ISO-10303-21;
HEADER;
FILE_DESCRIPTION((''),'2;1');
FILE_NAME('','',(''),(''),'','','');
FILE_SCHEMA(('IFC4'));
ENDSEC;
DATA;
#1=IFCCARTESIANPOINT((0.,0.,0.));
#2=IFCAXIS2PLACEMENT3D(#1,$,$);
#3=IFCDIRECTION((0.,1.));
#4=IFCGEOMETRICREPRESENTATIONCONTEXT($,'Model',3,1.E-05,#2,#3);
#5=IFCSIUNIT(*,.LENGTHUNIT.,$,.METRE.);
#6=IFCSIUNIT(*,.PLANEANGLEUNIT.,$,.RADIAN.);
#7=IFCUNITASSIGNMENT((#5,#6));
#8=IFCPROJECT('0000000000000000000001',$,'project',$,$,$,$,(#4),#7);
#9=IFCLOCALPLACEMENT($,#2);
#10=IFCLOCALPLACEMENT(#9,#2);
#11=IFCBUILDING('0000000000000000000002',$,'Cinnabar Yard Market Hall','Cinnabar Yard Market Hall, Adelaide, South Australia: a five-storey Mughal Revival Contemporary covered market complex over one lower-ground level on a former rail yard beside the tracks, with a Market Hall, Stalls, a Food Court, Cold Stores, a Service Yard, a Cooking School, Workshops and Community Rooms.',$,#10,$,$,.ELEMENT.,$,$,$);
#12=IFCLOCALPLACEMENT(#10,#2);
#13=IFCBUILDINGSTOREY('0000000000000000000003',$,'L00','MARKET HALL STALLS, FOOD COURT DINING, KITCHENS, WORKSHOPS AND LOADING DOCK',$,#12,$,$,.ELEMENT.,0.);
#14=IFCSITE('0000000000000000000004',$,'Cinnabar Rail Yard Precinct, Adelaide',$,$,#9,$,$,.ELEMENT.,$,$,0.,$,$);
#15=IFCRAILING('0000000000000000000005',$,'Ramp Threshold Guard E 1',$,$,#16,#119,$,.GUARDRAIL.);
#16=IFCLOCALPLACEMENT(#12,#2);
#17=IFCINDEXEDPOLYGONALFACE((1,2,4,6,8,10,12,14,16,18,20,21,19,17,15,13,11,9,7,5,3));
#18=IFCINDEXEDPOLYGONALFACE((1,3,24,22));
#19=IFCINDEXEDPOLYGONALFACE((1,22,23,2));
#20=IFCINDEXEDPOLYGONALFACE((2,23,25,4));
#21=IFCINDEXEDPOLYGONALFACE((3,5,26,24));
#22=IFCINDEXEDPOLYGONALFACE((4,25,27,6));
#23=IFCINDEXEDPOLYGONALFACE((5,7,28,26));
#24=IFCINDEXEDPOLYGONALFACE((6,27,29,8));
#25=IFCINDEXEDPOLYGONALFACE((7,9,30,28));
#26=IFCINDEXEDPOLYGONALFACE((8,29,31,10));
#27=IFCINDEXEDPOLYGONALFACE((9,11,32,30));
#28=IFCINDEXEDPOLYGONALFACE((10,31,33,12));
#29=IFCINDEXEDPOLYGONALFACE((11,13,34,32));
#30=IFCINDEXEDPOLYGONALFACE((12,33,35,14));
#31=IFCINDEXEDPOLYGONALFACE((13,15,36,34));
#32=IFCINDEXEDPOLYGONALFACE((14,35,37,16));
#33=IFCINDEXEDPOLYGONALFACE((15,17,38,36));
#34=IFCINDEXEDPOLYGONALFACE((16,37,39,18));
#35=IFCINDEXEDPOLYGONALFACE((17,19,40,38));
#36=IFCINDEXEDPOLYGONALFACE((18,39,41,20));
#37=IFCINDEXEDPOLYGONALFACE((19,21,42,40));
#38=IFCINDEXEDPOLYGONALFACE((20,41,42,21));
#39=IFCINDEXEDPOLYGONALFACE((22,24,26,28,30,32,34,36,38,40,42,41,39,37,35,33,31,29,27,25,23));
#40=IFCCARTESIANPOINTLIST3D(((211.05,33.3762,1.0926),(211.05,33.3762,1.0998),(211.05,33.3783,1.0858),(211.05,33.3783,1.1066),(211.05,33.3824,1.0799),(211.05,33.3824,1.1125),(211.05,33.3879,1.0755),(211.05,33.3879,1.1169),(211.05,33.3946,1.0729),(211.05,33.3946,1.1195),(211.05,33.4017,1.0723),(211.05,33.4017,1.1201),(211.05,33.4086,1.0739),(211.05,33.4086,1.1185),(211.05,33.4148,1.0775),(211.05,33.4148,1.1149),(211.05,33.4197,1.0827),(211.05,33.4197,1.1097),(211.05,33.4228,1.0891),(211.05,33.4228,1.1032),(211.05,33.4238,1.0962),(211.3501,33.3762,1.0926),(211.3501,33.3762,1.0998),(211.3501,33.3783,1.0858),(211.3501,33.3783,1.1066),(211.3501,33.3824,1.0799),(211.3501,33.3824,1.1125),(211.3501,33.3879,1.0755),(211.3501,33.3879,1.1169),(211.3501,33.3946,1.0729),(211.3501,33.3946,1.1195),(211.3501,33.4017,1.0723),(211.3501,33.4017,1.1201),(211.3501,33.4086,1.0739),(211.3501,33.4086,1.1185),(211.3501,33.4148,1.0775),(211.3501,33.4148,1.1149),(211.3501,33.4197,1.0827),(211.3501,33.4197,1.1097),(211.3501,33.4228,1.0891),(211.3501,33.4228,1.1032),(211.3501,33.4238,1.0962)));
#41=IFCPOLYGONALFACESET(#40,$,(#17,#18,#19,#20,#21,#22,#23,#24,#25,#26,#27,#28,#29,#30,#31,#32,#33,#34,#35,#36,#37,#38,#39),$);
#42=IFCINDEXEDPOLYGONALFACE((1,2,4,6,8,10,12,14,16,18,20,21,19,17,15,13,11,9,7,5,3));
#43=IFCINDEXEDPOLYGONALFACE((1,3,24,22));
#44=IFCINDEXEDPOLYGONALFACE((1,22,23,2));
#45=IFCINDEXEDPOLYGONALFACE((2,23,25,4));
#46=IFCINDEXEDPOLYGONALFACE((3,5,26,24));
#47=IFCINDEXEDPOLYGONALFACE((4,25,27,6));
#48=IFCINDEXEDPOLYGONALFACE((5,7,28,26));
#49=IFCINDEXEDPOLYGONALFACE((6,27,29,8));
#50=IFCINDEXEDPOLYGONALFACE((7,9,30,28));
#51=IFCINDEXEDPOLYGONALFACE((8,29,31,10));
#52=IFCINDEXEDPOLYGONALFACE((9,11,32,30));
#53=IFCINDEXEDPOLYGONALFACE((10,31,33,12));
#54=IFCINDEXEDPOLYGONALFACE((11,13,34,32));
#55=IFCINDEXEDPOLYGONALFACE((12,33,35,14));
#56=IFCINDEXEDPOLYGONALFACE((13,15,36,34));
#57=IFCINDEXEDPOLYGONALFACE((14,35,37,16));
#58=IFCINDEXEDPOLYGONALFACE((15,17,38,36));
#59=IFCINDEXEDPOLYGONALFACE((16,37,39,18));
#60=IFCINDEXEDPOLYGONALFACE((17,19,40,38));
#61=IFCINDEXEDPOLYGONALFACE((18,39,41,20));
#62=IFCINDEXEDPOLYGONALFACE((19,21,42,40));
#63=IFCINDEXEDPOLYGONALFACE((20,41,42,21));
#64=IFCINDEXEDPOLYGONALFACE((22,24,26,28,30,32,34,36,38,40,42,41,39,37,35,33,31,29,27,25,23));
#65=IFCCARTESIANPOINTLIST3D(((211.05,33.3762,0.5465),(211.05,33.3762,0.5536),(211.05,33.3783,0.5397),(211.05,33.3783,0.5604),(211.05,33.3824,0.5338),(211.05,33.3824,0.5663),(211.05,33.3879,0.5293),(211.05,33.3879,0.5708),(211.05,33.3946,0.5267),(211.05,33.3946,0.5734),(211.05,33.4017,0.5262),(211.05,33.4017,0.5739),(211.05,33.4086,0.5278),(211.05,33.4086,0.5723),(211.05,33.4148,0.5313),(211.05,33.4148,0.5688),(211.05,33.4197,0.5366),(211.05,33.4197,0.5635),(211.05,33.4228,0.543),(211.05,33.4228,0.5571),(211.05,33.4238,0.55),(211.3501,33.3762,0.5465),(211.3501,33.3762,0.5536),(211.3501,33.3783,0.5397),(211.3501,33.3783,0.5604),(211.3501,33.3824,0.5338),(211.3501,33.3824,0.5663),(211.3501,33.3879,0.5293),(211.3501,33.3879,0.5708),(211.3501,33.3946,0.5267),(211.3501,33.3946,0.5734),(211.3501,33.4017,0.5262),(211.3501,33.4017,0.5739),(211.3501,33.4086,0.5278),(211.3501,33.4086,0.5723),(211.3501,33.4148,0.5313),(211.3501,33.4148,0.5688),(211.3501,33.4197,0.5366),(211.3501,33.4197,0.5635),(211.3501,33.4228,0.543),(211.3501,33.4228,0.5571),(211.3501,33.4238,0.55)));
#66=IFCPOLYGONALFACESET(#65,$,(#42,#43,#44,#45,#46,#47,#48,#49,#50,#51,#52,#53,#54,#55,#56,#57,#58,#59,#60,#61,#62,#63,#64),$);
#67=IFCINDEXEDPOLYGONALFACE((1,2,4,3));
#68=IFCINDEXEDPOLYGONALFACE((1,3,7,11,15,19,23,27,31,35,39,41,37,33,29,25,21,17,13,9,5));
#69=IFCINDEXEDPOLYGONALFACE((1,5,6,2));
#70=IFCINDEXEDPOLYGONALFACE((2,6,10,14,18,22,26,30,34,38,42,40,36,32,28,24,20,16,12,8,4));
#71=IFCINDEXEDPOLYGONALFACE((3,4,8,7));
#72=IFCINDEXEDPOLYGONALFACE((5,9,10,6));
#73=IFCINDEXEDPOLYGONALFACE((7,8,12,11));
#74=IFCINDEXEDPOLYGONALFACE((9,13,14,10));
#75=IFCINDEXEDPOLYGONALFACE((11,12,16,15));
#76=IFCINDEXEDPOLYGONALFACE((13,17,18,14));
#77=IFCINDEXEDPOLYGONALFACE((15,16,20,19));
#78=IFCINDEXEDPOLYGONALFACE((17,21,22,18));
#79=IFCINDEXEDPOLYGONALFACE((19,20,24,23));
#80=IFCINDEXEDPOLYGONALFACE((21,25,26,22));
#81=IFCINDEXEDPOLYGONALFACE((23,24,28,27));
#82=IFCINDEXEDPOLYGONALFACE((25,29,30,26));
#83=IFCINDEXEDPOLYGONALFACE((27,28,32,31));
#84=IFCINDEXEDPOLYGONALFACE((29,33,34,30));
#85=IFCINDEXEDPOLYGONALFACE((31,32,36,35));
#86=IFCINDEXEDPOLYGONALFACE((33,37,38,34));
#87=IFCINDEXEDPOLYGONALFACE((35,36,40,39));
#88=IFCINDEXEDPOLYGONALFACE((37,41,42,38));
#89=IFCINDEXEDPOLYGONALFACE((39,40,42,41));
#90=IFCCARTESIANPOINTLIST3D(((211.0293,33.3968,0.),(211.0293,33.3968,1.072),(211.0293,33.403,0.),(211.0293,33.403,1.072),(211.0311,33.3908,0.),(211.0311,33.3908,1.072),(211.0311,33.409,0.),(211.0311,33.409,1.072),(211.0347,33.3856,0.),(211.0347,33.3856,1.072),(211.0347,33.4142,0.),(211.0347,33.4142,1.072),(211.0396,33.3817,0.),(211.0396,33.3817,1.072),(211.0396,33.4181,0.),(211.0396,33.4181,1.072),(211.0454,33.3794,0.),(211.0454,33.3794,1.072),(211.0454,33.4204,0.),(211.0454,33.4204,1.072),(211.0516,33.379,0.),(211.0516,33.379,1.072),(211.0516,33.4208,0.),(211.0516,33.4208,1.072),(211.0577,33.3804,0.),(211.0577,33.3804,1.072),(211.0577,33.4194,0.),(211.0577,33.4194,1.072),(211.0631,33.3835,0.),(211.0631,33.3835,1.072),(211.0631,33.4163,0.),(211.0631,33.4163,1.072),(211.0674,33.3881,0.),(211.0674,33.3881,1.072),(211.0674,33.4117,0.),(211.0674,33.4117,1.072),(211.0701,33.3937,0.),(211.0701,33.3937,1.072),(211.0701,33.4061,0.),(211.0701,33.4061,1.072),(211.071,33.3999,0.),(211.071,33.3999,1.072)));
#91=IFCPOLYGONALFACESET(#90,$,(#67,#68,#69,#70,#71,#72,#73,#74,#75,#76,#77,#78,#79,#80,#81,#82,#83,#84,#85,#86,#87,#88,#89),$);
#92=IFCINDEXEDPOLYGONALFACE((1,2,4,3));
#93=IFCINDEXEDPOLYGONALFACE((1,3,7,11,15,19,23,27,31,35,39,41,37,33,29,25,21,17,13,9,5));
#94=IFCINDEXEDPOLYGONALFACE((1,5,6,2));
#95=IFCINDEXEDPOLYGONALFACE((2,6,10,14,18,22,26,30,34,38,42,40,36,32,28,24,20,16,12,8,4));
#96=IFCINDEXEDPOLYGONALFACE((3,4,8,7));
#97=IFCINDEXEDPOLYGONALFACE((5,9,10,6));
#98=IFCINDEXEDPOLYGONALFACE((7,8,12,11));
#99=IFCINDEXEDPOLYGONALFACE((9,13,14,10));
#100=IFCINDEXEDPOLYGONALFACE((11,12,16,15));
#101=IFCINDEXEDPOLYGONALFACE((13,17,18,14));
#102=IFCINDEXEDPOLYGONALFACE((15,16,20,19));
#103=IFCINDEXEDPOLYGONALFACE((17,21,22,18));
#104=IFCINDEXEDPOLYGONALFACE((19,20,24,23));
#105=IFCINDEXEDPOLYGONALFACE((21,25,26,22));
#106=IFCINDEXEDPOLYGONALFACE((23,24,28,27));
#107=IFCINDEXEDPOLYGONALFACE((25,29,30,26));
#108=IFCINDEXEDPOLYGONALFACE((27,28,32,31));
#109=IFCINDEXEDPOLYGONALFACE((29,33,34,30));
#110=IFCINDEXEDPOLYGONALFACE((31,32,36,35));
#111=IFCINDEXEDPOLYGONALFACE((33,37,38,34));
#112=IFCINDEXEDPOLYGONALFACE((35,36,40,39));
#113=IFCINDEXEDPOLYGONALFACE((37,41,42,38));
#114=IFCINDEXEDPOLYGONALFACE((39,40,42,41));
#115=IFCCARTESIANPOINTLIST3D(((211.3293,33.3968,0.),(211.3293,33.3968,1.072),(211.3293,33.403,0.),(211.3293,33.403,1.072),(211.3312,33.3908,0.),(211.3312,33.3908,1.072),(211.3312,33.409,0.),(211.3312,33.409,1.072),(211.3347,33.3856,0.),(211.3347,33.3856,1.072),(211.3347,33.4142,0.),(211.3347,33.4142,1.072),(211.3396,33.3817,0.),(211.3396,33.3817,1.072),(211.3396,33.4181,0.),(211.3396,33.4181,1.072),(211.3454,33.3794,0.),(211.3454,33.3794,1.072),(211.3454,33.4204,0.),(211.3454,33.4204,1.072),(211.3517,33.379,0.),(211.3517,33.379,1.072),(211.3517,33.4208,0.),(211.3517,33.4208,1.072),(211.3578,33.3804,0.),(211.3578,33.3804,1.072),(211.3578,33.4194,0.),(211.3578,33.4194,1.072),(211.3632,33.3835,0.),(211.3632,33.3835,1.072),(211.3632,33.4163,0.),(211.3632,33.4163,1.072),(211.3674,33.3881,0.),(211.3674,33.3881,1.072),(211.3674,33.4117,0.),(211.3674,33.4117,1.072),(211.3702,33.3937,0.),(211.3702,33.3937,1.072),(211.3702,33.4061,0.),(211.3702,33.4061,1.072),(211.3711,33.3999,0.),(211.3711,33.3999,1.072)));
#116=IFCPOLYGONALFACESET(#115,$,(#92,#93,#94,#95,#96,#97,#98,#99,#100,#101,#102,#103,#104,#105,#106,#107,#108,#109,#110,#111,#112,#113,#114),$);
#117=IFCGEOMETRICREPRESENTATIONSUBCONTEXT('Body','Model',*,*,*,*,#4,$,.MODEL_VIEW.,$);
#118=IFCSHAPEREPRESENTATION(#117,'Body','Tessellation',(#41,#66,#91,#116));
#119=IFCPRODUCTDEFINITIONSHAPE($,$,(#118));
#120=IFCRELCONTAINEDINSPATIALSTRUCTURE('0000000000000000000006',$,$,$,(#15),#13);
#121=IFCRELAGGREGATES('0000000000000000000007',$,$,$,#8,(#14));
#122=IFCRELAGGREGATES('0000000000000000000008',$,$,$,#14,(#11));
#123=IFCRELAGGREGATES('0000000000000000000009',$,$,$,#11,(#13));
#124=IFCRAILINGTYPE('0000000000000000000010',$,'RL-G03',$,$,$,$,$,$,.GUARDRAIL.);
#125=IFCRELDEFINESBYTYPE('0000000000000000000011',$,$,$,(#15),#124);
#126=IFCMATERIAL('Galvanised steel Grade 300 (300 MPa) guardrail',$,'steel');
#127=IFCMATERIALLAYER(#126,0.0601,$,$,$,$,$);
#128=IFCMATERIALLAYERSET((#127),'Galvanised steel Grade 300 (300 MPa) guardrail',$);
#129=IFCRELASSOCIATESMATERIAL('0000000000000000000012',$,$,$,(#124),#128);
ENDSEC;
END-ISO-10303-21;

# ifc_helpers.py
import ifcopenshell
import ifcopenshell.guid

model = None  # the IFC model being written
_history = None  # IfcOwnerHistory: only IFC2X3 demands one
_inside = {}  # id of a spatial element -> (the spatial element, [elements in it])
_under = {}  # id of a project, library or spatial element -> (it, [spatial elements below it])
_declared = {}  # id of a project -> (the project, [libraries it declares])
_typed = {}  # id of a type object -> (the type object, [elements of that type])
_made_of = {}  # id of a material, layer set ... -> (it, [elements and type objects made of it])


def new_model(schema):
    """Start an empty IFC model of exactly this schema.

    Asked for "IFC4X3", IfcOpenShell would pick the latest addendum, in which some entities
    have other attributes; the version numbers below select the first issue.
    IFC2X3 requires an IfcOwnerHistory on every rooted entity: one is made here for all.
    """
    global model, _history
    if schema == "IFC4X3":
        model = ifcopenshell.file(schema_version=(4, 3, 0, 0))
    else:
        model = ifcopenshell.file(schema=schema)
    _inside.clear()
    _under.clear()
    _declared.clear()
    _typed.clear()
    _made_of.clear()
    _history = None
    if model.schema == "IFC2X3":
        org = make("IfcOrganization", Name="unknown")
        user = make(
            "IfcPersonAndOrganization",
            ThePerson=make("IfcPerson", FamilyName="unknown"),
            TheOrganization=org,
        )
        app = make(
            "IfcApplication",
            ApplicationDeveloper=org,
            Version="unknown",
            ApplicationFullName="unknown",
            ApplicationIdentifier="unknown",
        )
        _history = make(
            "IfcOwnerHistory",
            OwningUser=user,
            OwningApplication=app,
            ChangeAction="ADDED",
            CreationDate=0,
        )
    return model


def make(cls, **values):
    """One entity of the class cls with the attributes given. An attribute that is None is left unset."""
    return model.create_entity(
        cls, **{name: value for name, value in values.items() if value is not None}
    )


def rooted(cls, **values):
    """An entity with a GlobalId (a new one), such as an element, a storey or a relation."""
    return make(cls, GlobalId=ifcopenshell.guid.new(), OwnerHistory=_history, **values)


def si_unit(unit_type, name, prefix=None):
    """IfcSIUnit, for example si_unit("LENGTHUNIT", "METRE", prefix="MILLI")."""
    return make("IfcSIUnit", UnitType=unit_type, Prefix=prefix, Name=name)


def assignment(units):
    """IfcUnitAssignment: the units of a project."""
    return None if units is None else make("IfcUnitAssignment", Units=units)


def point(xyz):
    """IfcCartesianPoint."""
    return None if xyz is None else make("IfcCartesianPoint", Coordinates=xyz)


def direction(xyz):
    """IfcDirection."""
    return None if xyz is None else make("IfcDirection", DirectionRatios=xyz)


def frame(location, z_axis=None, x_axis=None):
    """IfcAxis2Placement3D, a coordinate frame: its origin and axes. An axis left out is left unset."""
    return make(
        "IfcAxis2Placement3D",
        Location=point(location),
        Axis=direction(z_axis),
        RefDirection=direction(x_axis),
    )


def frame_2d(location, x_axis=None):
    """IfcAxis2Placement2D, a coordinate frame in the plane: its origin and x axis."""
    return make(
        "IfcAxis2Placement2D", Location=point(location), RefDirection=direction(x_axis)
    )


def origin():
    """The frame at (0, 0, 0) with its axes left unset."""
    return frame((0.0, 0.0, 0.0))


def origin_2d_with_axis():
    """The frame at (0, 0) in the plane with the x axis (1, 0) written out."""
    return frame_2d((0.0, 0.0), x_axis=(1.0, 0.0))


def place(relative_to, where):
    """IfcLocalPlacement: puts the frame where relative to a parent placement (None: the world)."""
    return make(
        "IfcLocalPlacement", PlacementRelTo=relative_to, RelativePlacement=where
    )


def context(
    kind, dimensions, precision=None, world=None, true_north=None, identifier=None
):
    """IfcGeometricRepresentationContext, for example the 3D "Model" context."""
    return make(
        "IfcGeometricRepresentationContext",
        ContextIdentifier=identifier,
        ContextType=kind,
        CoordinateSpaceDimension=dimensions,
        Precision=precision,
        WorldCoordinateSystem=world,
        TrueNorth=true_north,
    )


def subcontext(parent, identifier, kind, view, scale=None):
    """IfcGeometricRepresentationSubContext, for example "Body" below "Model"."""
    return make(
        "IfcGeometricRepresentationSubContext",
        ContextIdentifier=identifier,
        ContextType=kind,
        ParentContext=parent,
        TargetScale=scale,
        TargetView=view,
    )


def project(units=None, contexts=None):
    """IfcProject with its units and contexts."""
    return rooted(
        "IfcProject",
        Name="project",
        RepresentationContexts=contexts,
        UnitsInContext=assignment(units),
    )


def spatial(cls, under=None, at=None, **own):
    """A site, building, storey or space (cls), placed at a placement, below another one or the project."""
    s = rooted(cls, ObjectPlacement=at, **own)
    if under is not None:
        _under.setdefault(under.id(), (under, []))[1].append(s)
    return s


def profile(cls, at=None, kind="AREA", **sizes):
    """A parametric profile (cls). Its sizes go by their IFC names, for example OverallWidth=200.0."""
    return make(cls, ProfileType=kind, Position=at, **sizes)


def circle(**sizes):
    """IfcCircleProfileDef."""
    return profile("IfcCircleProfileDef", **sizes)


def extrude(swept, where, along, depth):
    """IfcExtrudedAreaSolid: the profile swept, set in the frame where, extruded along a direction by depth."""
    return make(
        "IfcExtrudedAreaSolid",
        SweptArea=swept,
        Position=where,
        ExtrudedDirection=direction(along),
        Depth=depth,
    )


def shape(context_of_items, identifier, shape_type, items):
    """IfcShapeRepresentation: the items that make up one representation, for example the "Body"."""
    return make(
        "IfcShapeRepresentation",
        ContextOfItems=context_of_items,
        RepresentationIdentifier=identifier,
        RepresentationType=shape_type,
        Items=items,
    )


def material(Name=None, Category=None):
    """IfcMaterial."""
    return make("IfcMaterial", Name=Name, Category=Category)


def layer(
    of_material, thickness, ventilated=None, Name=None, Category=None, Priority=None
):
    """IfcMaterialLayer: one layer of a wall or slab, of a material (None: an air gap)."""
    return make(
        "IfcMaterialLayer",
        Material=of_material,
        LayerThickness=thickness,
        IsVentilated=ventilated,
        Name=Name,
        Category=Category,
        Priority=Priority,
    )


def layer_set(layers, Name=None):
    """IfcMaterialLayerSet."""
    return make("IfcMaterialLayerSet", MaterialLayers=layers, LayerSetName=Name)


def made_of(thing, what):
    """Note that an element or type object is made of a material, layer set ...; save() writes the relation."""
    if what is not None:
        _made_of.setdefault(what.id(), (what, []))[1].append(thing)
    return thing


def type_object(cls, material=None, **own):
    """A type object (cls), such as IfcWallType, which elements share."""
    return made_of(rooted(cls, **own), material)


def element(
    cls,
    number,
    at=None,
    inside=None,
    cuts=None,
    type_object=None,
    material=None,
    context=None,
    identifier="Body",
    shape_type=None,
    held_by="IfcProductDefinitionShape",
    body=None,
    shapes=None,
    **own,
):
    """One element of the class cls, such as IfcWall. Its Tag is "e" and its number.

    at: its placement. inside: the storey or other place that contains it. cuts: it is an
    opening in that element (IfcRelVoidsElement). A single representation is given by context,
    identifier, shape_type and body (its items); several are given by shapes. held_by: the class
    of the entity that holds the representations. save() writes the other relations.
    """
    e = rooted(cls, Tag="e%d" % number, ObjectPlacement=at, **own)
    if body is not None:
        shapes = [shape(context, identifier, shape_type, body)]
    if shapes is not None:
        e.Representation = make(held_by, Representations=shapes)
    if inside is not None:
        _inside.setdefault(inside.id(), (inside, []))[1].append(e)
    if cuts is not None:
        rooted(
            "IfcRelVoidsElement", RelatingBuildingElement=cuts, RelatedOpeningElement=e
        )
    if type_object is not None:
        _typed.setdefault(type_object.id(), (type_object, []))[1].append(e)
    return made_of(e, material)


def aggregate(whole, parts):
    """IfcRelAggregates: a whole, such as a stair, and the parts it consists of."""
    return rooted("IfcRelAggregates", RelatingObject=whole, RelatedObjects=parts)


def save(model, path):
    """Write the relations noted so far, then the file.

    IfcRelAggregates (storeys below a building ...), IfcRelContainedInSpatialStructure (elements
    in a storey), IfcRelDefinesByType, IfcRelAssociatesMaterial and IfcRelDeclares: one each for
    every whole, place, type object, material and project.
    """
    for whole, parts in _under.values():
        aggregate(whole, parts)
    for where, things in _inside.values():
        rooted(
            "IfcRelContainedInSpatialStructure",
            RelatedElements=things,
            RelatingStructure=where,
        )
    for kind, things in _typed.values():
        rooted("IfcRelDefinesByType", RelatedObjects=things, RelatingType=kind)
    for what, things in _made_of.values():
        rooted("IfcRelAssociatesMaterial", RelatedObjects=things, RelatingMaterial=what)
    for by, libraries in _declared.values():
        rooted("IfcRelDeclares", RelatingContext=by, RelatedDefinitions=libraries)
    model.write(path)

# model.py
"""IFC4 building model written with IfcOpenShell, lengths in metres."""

from ifc_helpers import new_model, si_unit, direction, frame, origin, origin_2d_with_axis, place, context, subcontext, project, spatial, circle, extrude, material, layer, layer_set, type_object, element, save


model = new_model("IFC4")

# Units and contexts
model_context = context("Model", 3, precision=1e-05, world=origin(), true_north=direction((0.0, 1.0)))
body_context = subcontext(model_context, "Body", "Model", "MODEL_VIEW")
ifc_project = project(units=[si_unit("LENGTHUNIT", "METRE"), si_unit("PLANEANGLEUNIT", "RADIAN")], contexts=[model_context])

# Site, building, storey
site_placement = place(None, origin())
site = spatial("IfcSite", under=ifc_project, at=site_placement, Name="Cinnabar Rail Yard Precinct, Adelaide", CompositionType="ELEMENT", RefElevation=0.0)
building_placement = place(site_placement, origin())
building = spatial("IfcBuilding", under=site, at=building_placement, Name="Cinnabar Yard Market Hall", Description="Cinnabar Yard Market Hall, Adelaide, South Australia: a five-storey Mughal Revival Contemporary covered market complex over one lower-ground level on a former rail yard beside the tracks, with a Market Hall, Stalls, a Food Court, Cold Stores, a Service Yard, a Cooking School, Workshops and Community Rooms.", CompositionType="ELEMENT")
storey_placement = place(building_placement, origin())
storey = spatial("IfcBuildingStorey", under=building, at=storey_placement, Name="L00", Description="MARKET HALL STALLS, FOOD COURT DINING, KITCHENS, WORKSHOPS AND LOADING DOCK", CompositionType="ELEMENT", Elevation=0.0)

# Railing
ifc_material_1 = material(Name="Galvanised steel Grade 300 (300 MPa) guardrail", Category="steel")
ifc_layer_1 = layer(ifc_material_1, 0.0601)
ifc_layer_set_1 = layer_set([ifc_layer_1], Name="Galvanised steel Grade 300 (300 MPa) guardrail")
railing_type = type_object("IfcRailingType", Name="RL-G03", PredefinedType="GUARDRAIL", material=ifc_layer_set_1)
for number, where, name in (
    (1, (211.05, 33.3999, 0.0), "Ramp Threshold Guard E 1"),
):
    element("IfcRailing", number, at=place(storey_placement, frame(where)), inside=storey, type_object=railing_type, Name=name, PredefinedType="GUARDRAIL", context=body_context, shape_type="SweptSolid", body=[
        extrude(circle(Radius=0.0239, at=origin_2d_with_axis()), frame((0.0, 0.0, 1.0962), z_axis=(1.0, 0.0, 0.0), x_axis=(0.0, 1.0, 0.0)), (0.0, 0.0, 1.0), 0.3),
        extrude(circle(Radius=0.0239, at=origin_2d_with_axis()), frame((0.0, 0.0, 0.55), z_axis=(1.0, 0.0, 0.0), x_axis=(0.0, 1.0, 0.0)), (0.0, 0.0, 1.0), 0.3),
        extrude(circle(Radius=0.021, at=origin_2d_with_axis()), origin(), (0.0, 0.0, 1.0), 1.072),
        extrude(circle(Radius=0.021, at=origin_2d_with_axis()), frame((0.3, 0.0, 0.0)), (0.0, 0.0, 1.0), 1.072),
    ])

save(model, "model.ifc")
